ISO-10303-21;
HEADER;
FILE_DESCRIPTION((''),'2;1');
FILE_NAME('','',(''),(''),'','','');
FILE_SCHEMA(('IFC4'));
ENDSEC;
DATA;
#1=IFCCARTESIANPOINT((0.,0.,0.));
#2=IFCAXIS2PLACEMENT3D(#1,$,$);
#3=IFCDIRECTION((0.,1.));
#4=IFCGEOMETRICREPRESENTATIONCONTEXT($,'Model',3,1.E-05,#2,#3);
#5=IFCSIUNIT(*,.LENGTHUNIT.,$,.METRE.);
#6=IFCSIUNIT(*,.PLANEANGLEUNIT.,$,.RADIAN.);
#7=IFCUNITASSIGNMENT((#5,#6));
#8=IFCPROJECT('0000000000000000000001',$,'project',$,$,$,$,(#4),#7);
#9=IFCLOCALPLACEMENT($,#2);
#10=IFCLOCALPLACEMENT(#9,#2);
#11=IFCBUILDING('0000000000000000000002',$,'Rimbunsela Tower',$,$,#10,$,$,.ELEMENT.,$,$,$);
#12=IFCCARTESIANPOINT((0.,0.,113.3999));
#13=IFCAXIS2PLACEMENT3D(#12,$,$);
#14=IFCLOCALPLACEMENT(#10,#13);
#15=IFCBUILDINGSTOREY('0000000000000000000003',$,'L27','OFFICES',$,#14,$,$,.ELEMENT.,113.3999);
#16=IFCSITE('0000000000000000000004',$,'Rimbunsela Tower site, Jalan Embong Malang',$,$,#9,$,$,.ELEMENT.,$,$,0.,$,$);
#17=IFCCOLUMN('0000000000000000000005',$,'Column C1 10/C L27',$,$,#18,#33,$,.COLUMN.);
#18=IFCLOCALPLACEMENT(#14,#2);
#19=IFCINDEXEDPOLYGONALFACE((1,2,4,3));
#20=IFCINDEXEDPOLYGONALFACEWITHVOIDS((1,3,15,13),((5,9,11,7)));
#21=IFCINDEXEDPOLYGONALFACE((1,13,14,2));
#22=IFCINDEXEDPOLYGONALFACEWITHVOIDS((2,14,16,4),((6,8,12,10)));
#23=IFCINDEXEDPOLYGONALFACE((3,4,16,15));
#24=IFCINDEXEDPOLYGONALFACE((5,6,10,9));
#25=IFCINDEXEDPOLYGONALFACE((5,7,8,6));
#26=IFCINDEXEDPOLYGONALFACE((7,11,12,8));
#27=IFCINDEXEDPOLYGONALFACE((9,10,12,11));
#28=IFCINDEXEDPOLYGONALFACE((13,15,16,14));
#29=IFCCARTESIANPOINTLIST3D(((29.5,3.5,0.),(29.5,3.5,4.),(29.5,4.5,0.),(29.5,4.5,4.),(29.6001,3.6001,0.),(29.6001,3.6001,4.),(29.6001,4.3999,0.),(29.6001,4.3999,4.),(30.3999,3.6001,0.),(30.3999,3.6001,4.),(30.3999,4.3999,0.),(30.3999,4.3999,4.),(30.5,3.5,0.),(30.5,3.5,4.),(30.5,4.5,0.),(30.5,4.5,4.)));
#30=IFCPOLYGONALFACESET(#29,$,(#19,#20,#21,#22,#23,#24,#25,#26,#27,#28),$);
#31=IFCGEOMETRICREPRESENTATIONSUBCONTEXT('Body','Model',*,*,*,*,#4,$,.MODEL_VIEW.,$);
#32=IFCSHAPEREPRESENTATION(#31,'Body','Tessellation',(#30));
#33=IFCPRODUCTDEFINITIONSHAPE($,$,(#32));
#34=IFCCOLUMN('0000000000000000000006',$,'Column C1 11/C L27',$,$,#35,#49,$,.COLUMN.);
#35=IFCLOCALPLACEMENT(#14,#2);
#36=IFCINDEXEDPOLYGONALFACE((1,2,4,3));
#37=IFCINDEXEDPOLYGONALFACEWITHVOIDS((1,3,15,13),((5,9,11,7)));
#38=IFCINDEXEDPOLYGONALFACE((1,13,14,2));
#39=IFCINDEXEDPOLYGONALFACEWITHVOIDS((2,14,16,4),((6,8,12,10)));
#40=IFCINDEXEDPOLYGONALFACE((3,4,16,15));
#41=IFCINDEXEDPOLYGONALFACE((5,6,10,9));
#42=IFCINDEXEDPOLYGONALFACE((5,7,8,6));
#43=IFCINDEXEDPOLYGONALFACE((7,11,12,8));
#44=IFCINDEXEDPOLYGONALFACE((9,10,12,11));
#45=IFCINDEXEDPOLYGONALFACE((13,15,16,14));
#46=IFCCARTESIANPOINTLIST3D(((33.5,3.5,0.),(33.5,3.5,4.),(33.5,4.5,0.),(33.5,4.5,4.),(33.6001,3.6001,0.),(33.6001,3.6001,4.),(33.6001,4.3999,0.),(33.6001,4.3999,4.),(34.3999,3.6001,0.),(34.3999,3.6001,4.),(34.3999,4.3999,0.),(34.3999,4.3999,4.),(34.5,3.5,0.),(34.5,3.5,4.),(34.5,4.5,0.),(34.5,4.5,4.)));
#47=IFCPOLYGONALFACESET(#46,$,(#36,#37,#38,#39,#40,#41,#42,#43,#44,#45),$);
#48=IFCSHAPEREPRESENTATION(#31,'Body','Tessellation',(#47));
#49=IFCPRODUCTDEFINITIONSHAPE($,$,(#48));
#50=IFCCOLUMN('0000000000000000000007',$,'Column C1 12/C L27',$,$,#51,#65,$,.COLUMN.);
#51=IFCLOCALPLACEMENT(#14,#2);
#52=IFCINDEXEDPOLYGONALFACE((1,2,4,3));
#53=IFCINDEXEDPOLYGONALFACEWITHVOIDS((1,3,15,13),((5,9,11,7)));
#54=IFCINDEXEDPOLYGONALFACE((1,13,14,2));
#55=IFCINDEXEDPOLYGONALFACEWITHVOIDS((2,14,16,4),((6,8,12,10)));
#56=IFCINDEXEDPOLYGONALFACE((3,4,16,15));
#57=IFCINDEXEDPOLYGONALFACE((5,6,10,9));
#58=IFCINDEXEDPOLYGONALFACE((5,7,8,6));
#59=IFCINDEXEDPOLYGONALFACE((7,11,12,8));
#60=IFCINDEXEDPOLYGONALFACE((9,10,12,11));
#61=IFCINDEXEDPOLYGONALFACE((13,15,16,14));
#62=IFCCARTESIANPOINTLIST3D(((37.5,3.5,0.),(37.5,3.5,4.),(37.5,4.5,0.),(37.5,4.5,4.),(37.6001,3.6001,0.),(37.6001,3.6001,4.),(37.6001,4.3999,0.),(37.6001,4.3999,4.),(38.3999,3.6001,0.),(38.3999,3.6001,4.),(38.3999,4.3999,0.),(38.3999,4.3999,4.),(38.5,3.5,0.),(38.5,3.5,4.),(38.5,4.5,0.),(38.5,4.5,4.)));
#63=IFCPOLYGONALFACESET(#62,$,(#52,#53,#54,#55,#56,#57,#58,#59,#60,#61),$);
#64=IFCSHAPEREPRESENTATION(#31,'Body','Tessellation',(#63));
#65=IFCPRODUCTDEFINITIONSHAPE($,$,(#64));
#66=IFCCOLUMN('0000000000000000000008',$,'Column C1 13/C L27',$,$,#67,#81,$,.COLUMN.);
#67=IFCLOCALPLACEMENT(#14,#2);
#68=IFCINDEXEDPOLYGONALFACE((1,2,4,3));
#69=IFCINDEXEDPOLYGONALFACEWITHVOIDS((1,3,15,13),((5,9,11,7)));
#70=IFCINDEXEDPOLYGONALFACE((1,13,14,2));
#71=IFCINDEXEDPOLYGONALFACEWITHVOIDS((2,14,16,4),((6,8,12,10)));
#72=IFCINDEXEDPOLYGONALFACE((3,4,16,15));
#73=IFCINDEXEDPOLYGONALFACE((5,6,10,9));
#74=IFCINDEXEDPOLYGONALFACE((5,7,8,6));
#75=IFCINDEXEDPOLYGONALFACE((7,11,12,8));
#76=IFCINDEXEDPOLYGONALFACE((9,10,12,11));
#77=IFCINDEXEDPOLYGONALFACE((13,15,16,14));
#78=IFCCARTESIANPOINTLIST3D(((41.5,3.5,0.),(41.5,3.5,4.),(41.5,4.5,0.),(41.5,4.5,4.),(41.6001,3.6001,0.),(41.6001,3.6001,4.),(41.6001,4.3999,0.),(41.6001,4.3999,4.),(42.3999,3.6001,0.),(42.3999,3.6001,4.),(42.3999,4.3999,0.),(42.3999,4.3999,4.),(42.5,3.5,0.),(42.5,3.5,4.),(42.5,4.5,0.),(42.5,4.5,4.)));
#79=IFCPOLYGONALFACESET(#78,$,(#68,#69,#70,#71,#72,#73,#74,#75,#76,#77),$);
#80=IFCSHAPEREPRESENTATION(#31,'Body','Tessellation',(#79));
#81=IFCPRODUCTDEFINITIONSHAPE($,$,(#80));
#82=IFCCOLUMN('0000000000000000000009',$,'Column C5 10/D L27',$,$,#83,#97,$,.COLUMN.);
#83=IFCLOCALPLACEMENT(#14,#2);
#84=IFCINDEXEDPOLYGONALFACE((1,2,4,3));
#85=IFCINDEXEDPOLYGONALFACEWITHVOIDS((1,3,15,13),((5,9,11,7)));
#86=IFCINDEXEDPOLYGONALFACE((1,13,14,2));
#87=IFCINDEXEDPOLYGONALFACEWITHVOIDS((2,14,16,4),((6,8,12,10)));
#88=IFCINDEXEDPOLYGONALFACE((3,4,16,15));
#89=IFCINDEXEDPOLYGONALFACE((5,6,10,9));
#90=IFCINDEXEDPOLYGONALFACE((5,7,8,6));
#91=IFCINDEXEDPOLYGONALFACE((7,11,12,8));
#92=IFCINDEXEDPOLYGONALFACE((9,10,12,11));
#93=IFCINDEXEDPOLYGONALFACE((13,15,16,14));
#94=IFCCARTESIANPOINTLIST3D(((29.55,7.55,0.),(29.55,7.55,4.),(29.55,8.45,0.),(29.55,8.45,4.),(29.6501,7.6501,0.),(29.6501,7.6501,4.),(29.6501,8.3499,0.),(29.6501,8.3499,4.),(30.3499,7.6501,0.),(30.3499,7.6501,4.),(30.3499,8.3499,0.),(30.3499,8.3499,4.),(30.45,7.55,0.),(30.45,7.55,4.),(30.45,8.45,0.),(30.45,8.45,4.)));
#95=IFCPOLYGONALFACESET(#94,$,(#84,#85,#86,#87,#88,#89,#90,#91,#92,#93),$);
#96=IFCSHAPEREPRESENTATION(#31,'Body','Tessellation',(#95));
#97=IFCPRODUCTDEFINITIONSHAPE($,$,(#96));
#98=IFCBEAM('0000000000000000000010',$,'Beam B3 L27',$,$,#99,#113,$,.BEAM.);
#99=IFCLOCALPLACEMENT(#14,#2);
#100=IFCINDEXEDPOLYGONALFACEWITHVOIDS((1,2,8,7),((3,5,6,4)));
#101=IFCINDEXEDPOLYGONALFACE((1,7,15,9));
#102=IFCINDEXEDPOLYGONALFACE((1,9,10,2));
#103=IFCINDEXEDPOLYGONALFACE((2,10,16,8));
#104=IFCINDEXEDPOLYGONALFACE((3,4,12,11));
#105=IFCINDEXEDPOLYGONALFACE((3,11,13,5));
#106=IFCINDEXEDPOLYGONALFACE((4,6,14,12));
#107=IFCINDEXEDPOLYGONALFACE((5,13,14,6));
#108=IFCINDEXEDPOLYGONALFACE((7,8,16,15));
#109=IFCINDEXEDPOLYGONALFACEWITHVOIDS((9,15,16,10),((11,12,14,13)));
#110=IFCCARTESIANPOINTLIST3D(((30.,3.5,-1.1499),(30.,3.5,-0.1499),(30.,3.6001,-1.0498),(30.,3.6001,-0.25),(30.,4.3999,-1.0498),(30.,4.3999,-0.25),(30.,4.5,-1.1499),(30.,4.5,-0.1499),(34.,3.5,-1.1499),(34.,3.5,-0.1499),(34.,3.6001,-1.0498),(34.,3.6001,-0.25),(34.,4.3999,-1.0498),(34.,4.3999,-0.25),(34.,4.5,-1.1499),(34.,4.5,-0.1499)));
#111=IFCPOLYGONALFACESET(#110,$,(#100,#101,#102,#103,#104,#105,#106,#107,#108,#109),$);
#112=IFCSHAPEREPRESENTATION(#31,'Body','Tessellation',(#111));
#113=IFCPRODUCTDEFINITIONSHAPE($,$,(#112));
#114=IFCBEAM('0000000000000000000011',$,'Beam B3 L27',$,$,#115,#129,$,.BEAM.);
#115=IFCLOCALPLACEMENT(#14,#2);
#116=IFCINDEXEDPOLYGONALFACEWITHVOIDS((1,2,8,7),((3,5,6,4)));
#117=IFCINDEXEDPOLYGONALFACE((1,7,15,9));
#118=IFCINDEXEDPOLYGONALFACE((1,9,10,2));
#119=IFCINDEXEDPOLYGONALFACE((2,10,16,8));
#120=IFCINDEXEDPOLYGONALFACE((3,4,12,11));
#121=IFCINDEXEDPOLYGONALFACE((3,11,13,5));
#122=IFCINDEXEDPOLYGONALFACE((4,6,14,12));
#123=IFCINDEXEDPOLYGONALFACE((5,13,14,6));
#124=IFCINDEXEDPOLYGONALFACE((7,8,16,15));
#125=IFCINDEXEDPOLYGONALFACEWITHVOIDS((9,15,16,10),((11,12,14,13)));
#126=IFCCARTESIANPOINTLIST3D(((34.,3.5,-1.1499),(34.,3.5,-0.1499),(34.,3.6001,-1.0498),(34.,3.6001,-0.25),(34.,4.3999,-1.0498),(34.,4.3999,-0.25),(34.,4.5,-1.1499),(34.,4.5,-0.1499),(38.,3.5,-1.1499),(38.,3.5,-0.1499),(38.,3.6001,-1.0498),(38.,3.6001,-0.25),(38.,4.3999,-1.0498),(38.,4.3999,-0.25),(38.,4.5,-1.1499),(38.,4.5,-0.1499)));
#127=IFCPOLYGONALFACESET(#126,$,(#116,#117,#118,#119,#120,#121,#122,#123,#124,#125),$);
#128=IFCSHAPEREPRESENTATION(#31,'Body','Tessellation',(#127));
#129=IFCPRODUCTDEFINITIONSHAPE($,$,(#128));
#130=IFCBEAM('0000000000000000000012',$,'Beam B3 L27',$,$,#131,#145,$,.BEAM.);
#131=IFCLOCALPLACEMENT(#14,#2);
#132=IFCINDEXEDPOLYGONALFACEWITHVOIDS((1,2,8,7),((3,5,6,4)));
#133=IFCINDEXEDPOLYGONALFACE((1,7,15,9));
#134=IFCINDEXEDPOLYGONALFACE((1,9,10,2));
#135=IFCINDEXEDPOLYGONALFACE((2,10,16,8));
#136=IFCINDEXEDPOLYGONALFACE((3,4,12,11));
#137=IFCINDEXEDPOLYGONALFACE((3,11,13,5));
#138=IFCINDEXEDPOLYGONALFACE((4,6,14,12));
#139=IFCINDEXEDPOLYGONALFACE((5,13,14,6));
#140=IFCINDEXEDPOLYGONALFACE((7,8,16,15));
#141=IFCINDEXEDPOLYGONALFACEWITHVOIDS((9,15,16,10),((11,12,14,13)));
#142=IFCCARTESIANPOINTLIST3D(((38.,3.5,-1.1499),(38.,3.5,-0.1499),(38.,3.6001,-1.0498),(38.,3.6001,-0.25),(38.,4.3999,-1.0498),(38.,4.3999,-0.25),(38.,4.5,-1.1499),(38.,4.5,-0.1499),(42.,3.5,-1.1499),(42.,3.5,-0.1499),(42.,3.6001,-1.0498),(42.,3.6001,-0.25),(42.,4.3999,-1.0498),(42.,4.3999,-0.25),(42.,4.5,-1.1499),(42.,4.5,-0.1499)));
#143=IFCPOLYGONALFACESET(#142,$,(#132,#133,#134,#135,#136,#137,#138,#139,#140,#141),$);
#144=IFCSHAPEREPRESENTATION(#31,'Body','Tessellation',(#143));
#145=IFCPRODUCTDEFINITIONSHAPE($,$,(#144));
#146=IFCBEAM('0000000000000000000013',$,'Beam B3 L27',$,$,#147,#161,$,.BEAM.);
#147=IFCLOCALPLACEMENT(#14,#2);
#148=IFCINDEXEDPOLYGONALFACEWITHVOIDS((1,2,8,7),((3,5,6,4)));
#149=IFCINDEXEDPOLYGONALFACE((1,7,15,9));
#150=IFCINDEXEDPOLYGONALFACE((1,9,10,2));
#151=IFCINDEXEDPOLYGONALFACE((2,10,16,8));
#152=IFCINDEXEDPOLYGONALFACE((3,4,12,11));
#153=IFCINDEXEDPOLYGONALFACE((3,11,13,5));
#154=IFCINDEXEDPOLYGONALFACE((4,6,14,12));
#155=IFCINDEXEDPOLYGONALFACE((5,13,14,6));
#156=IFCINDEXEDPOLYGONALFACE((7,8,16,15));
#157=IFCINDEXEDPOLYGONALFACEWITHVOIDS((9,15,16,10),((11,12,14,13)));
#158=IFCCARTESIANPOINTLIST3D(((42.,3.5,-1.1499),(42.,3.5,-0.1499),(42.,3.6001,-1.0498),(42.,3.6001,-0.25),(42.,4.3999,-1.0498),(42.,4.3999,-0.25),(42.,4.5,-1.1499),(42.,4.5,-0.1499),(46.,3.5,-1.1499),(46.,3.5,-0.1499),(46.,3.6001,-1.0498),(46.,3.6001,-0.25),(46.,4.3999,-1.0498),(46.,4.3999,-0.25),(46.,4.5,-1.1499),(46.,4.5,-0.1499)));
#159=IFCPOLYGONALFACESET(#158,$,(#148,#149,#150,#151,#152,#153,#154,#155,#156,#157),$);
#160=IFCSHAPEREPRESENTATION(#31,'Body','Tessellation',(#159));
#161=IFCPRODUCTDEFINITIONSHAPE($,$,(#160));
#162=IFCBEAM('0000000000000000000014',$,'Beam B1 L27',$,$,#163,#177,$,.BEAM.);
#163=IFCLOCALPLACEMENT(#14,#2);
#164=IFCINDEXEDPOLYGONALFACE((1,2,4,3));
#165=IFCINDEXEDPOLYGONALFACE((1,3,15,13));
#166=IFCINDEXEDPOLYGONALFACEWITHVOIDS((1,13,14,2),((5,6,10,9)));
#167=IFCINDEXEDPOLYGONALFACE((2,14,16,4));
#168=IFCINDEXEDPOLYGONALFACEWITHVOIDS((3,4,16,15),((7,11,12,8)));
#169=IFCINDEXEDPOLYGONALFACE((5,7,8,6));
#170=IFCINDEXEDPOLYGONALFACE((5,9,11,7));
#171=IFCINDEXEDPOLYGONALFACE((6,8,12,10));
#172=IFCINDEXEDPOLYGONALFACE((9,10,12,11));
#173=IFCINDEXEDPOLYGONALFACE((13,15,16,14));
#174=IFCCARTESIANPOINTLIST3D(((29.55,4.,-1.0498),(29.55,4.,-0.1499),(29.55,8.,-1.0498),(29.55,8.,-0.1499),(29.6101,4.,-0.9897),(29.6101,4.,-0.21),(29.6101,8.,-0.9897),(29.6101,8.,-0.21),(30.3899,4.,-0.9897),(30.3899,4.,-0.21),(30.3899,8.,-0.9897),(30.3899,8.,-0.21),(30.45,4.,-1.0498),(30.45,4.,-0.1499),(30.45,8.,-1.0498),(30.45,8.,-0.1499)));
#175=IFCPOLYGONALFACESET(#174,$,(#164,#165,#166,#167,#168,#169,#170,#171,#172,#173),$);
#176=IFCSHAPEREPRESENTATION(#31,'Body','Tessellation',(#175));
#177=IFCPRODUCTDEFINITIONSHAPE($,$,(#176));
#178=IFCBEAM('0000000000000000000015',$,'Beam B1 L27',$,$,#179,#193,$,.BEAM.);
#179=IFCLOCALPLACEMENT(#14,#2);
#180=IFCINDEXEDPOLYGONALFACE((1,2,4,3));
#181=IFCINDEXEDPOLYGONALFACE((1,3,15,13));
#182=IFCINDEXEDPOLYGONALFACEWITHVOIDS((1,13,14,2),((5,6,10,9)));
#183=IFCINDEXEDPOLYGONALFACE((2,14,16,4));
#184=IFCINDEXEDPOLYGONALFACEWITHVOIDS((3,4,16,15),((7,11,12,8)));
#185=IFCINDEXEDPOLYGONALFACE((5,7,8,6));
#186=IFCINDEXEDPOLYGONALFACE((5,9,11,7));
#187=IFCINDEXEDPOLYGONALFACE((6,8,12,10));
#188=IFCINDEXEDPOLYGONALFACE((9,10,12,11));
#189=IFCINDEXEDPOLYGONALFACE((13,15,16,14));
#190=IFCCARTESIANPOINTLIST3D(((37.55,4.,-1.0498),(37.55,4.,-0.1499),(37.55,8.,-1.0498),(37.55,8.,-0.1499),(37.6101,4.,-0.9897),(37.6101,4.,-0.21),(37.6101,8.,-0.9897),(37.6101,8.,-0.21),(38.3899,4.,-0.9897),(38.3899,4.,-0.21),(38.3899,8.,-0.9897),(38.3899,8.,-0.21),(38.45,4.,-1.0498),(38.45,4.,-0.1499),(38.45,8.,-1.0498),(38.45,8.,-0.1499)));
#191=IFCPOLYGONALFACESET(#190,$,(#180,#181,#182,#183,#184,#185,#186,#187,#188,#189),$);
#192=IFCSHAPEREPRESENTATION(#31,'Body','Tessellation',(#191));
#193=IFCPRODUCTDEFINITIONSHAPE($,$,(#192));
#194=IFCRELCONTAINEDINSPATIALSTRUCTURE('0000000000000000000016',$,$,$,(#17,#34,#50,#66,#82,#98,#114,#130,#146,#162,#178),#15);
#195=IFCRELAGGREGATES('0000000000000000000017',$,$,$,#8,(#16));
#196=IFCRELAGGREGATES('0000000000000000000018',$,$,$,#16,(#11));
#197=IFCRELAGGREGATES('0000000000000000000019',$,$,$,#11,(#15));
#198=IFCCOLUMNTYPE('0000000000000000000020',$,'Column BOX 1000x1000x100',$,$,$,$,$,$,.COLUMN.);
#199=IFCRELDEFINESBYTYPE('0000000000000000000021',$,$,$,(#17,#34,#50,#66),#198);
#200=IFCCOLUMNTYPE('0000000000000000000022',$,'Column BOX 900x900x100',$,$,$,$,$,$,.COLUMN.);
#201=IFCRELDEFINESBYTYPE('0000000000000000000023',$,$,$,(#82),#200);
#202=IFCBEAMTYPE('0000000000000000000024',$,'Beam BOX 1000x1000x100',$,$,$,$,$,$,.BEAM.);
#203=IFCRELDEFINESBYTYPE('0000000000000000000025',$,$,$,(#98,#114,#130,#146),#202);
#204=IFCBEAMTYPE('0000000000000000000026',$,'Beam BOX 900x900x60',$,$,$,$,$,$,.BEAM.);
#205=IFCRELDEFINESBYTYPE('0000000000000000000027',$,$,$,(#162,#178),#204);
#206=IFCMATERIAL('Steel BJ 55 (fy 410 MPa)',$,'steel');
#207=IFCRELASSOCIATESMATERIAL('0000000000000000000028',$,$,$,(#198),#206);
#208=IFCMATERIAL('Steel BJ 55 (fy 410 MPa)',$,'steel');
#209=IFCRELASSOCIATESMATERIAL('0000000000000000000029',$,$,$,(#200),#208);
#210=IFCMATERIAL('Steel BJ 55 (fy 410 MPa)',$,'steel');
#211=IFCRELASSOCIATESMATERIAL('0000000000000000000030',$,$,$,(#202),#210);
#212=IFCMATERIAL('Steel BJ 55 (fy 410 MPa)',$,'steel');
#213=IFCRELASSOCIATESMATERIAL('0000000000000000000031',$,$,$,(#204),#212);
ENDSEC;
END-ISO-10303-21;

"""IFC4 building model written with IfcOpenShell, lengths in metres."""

from ifc_helpers import new_model, si_unit, direction, frame, origin, origin_2d, place, context, subcontext, project, spatial, hollow_rectangle, extrude, material, material_profile, profile_set, type_object, element, save


model = new_model("IFC4")

# Units and contexts
model_context = context("Model", 3, precision=1e-05, world=origin(), true_north=direction((0.0, 1.0)))
body_context = subcontext(model_context, "Body", "Model", "MODEL_VIEW")
ifc_project = project(units=[si_unit("LENGTHUNIT", "METRE"), si_unit("PLANEANGLEUNIT", "RADIAN")], contexts=[model_context])

# Site, building, storey
site_placement = place(None, origin())
site = spatial("IfcSite", under=ifc_project, at=site_placement, Name="Rimbunsela Tower site, Jalan Embong Malang", CompositionType="ELEMENT", RefElevation=0.0)
building_placement = place(site_placement, origin())
building = spatial("IfcBuilding", under=site, at=building_placement, Name="Rimbunsela Tower", CompositionType="ELEMENT")
storey_placement = place(building_placement, frame((0.0, 0.0, 113.3999)))
storey = spatial("IfcBuildingStorey", under=building, at=storey_placement, Name="L27", Description="OFFICES", CompositionType="ELEMENT", Elevation=113.3999)

# Columns
ifc_material_1 = material(Name="Steel BJ 55 (fy 410 MPa)", Category="steel")
ifc_material_profile_1 = material_profile(ifc_material_1, hollow_rectangle(XDim=1.0, YDim=1.0, WallThickness=0.1001, at=origin_2d()), Name="BOX 1000x1000x100")
ifc_profile_set_1 = profile_set([ifc_material_profile_1], Name="Steel BJ 55 (fy 410 MPa)")
column_type_1 = type_object("IfcColumnType", Name="Column BOX 1000x1000x100", PredefinedType="COLUMN", material=ifc_profile_set_1)
for number, where, z_axis, x_axis, name in (
    (1, (30.0, 4.0, 0.0), (0.0, 0.0, 1.0), (1.0, 0.0, 0.0), "Column C1 10/C L27"),
    (2, (34.0, 4.0, 0.0), (0.0, 0.0, 1.0), (1.0, 0.0, 0.0), "Column C1 11/C L27"),
    (3, (38.0, 4.0, 0.0), (0.0, 0.0, 1.0), (1.0, 0.0, 0.0), "Column C1 12/C L27"),
    (4, (42.0, 4.0, 0.0), (0.0, 0.0, 1.0), (1.0, 0.0, 0.0), "Column C1 13/C L27"),
):
    element("IfcColumn", number, at=place(storey_placement, frame(where, z_axis=z_axis, x_axis=x_axis)), inside=storey, type_object=column_type_1, Name=name, PredefinedType="COLUMN", context=body_context, shape_type="SweptSolid", body=[
        extrude(hollow_rectangle(XDim=1.0, YDim=1.0, WallThickness=0.1001, at=origin_2d()), origin(), (0.0, 0.0, 1.0), 4.0),
    ])
ifc_material_2 = material(Name="Steel BJ 55 (fy 410 MPa)", Category="steel")
ifc_material_profile_2 = material_profile(ifc_material_2, hollow_rectangle(XDim=0.8999, YDim=0.8999, WallThickness=0.1001, at=origin_2d()), Name="BOX 900x900x100")
ifc_profile_set_2 = profile_set([ifc_material_profile_2], Name="Steel BJ 55 (fy 410 MPa)")
column_type_2 = type_object("IfcColumnType", Name="Column BOX 900x900x100", PredefinedType="COLUMN", material=ifc_profile_set_2)
column_placement = place(storey_placement, frame((30.0, 8.0, 0.0), z_axis=(0.0, 0.0, 1.0), x_axis=(1.0, 0.0, 0.0)))
element("IfcColumn", 5, at=column_placement, inside=storey, type_object=column_type_2, Name="Column C5 10/D L27", PredefinedType="COLUMN", context=body_context, shape_type="SweptSolid", body=[
    extrude(hollow_rectangle(XDim=0.8999, YDim=0.8999, WallThickness=0.1001, at=origin_2d()), origin(), (0.0, 0.0, 1.0), 4.0),
])

# Beams
ifc_material_3 = material(Name="Steel BJ 55 (fy 410 MPa)", Category="steel")
ifc_material_profile_3 = material_profile(ifc_material_3, hollow_rectangle(XDim=1.0, YDim=1.0, WallThickness=0.1001, at=origin_2d()), Name="BOX 1000x1000x100")
ifc_profile_set_3 = profile_set([ifc_material_profile_3], Name="Steel BJ 55 (fy 410 MPa)")
beam_type_1 = type_object("IfcBeamType", Name="Beam BOX 1000x1000x100", PredefinedType="BEAM", material=ifc_profile_set_3)
for number, where, z_axis, x_axis, name in (
    (6, (30.0, 4.0, -0.6499), (1.0, 0.0, 0.0), (0.0, 1.0, 0.0), "Beam B3 L27"),
    (7, (34.0, 4.0, -0.6499), (1.0, 0.0, 0.0), (0.0, 1.0, 0.0), "Beam B3 L27"),
    (8, (38.0, 4.0, -0.6499), (1.0, 0.0, 0.0), (0.0, 1.0, 0.0), "Beam B3 L27"),
    (9, (42.0, 4.0, -0.6499), (1.0, 0.0, 0.0), (0.0, 1.0, 0.0), "Beam B3 L27"),
):
    element("IfcBeam", number, at=place(storey_placement, frame(where, z_axis=z_axis, x_axis=x_axis)), inside=storey, type_object=beam_type_1, Name=name, PredefinedType="BEAM", context=body_context, shape_type="SweptSolid", body=[
        extrude(hollow_rectangle(XDim=1.0, YDim=1.0, WallThickness=0.1001, at=origin_2d()), origin(), (0.0, 0.0, 1.0), 4.0),
    ])
ifc_material_4 = material(Name="Steel BJ 55 (fy 410 MPa)", Category="steel")
ifc_material_profile_4 = material_profile(ifc_material_4, hollow_rectangle(XDim=0.8999, YDim=0.8999, WallThickness=0.0601, at=origin_2d()), Name="BOX 900x900x60")
ifc_profile_set_4 = profile_set([ifc_material_profile_4], Name="Steel BJ 55 (fy 410 MPa)")
beam_type_2 = type_object("IfcBeamType", Name="Beam BOX 900x900x60", PredefinedType="BEAM", material=ifc_profile_set_4)
for number, where, z_axis, x_axis, name in (
    (10, (30.0, 4.0, -0.5999), (0.0, 1.0, 0.0), (-1.0, 0.0, 0.0), "Beam B1 L27"),
    (11, (38.0, 4.0, -0.5999), (0.0, 1.0, 0.0), (-1.0, 0.0, 0.0), "Beam B1 L27"),
):
    element("IfcBeam", number, at=place(storey_placement, frame(where, z_axis=z_axis, x_axis=x_axis)), inside=storey, type_object=beam_type_2, Name=name, PredefinedType="BEAM", context=body_context, shape_type="SweptSolid", body=[
        extrude(hollow_rectangle(XDim=0.8999, YDim=0.8999, WallThickness=0.0601, at=origin_2d()), origin(), (0.0, 0.0, 1.0), 4.0),
    ])

save(model, "model.ifc")
